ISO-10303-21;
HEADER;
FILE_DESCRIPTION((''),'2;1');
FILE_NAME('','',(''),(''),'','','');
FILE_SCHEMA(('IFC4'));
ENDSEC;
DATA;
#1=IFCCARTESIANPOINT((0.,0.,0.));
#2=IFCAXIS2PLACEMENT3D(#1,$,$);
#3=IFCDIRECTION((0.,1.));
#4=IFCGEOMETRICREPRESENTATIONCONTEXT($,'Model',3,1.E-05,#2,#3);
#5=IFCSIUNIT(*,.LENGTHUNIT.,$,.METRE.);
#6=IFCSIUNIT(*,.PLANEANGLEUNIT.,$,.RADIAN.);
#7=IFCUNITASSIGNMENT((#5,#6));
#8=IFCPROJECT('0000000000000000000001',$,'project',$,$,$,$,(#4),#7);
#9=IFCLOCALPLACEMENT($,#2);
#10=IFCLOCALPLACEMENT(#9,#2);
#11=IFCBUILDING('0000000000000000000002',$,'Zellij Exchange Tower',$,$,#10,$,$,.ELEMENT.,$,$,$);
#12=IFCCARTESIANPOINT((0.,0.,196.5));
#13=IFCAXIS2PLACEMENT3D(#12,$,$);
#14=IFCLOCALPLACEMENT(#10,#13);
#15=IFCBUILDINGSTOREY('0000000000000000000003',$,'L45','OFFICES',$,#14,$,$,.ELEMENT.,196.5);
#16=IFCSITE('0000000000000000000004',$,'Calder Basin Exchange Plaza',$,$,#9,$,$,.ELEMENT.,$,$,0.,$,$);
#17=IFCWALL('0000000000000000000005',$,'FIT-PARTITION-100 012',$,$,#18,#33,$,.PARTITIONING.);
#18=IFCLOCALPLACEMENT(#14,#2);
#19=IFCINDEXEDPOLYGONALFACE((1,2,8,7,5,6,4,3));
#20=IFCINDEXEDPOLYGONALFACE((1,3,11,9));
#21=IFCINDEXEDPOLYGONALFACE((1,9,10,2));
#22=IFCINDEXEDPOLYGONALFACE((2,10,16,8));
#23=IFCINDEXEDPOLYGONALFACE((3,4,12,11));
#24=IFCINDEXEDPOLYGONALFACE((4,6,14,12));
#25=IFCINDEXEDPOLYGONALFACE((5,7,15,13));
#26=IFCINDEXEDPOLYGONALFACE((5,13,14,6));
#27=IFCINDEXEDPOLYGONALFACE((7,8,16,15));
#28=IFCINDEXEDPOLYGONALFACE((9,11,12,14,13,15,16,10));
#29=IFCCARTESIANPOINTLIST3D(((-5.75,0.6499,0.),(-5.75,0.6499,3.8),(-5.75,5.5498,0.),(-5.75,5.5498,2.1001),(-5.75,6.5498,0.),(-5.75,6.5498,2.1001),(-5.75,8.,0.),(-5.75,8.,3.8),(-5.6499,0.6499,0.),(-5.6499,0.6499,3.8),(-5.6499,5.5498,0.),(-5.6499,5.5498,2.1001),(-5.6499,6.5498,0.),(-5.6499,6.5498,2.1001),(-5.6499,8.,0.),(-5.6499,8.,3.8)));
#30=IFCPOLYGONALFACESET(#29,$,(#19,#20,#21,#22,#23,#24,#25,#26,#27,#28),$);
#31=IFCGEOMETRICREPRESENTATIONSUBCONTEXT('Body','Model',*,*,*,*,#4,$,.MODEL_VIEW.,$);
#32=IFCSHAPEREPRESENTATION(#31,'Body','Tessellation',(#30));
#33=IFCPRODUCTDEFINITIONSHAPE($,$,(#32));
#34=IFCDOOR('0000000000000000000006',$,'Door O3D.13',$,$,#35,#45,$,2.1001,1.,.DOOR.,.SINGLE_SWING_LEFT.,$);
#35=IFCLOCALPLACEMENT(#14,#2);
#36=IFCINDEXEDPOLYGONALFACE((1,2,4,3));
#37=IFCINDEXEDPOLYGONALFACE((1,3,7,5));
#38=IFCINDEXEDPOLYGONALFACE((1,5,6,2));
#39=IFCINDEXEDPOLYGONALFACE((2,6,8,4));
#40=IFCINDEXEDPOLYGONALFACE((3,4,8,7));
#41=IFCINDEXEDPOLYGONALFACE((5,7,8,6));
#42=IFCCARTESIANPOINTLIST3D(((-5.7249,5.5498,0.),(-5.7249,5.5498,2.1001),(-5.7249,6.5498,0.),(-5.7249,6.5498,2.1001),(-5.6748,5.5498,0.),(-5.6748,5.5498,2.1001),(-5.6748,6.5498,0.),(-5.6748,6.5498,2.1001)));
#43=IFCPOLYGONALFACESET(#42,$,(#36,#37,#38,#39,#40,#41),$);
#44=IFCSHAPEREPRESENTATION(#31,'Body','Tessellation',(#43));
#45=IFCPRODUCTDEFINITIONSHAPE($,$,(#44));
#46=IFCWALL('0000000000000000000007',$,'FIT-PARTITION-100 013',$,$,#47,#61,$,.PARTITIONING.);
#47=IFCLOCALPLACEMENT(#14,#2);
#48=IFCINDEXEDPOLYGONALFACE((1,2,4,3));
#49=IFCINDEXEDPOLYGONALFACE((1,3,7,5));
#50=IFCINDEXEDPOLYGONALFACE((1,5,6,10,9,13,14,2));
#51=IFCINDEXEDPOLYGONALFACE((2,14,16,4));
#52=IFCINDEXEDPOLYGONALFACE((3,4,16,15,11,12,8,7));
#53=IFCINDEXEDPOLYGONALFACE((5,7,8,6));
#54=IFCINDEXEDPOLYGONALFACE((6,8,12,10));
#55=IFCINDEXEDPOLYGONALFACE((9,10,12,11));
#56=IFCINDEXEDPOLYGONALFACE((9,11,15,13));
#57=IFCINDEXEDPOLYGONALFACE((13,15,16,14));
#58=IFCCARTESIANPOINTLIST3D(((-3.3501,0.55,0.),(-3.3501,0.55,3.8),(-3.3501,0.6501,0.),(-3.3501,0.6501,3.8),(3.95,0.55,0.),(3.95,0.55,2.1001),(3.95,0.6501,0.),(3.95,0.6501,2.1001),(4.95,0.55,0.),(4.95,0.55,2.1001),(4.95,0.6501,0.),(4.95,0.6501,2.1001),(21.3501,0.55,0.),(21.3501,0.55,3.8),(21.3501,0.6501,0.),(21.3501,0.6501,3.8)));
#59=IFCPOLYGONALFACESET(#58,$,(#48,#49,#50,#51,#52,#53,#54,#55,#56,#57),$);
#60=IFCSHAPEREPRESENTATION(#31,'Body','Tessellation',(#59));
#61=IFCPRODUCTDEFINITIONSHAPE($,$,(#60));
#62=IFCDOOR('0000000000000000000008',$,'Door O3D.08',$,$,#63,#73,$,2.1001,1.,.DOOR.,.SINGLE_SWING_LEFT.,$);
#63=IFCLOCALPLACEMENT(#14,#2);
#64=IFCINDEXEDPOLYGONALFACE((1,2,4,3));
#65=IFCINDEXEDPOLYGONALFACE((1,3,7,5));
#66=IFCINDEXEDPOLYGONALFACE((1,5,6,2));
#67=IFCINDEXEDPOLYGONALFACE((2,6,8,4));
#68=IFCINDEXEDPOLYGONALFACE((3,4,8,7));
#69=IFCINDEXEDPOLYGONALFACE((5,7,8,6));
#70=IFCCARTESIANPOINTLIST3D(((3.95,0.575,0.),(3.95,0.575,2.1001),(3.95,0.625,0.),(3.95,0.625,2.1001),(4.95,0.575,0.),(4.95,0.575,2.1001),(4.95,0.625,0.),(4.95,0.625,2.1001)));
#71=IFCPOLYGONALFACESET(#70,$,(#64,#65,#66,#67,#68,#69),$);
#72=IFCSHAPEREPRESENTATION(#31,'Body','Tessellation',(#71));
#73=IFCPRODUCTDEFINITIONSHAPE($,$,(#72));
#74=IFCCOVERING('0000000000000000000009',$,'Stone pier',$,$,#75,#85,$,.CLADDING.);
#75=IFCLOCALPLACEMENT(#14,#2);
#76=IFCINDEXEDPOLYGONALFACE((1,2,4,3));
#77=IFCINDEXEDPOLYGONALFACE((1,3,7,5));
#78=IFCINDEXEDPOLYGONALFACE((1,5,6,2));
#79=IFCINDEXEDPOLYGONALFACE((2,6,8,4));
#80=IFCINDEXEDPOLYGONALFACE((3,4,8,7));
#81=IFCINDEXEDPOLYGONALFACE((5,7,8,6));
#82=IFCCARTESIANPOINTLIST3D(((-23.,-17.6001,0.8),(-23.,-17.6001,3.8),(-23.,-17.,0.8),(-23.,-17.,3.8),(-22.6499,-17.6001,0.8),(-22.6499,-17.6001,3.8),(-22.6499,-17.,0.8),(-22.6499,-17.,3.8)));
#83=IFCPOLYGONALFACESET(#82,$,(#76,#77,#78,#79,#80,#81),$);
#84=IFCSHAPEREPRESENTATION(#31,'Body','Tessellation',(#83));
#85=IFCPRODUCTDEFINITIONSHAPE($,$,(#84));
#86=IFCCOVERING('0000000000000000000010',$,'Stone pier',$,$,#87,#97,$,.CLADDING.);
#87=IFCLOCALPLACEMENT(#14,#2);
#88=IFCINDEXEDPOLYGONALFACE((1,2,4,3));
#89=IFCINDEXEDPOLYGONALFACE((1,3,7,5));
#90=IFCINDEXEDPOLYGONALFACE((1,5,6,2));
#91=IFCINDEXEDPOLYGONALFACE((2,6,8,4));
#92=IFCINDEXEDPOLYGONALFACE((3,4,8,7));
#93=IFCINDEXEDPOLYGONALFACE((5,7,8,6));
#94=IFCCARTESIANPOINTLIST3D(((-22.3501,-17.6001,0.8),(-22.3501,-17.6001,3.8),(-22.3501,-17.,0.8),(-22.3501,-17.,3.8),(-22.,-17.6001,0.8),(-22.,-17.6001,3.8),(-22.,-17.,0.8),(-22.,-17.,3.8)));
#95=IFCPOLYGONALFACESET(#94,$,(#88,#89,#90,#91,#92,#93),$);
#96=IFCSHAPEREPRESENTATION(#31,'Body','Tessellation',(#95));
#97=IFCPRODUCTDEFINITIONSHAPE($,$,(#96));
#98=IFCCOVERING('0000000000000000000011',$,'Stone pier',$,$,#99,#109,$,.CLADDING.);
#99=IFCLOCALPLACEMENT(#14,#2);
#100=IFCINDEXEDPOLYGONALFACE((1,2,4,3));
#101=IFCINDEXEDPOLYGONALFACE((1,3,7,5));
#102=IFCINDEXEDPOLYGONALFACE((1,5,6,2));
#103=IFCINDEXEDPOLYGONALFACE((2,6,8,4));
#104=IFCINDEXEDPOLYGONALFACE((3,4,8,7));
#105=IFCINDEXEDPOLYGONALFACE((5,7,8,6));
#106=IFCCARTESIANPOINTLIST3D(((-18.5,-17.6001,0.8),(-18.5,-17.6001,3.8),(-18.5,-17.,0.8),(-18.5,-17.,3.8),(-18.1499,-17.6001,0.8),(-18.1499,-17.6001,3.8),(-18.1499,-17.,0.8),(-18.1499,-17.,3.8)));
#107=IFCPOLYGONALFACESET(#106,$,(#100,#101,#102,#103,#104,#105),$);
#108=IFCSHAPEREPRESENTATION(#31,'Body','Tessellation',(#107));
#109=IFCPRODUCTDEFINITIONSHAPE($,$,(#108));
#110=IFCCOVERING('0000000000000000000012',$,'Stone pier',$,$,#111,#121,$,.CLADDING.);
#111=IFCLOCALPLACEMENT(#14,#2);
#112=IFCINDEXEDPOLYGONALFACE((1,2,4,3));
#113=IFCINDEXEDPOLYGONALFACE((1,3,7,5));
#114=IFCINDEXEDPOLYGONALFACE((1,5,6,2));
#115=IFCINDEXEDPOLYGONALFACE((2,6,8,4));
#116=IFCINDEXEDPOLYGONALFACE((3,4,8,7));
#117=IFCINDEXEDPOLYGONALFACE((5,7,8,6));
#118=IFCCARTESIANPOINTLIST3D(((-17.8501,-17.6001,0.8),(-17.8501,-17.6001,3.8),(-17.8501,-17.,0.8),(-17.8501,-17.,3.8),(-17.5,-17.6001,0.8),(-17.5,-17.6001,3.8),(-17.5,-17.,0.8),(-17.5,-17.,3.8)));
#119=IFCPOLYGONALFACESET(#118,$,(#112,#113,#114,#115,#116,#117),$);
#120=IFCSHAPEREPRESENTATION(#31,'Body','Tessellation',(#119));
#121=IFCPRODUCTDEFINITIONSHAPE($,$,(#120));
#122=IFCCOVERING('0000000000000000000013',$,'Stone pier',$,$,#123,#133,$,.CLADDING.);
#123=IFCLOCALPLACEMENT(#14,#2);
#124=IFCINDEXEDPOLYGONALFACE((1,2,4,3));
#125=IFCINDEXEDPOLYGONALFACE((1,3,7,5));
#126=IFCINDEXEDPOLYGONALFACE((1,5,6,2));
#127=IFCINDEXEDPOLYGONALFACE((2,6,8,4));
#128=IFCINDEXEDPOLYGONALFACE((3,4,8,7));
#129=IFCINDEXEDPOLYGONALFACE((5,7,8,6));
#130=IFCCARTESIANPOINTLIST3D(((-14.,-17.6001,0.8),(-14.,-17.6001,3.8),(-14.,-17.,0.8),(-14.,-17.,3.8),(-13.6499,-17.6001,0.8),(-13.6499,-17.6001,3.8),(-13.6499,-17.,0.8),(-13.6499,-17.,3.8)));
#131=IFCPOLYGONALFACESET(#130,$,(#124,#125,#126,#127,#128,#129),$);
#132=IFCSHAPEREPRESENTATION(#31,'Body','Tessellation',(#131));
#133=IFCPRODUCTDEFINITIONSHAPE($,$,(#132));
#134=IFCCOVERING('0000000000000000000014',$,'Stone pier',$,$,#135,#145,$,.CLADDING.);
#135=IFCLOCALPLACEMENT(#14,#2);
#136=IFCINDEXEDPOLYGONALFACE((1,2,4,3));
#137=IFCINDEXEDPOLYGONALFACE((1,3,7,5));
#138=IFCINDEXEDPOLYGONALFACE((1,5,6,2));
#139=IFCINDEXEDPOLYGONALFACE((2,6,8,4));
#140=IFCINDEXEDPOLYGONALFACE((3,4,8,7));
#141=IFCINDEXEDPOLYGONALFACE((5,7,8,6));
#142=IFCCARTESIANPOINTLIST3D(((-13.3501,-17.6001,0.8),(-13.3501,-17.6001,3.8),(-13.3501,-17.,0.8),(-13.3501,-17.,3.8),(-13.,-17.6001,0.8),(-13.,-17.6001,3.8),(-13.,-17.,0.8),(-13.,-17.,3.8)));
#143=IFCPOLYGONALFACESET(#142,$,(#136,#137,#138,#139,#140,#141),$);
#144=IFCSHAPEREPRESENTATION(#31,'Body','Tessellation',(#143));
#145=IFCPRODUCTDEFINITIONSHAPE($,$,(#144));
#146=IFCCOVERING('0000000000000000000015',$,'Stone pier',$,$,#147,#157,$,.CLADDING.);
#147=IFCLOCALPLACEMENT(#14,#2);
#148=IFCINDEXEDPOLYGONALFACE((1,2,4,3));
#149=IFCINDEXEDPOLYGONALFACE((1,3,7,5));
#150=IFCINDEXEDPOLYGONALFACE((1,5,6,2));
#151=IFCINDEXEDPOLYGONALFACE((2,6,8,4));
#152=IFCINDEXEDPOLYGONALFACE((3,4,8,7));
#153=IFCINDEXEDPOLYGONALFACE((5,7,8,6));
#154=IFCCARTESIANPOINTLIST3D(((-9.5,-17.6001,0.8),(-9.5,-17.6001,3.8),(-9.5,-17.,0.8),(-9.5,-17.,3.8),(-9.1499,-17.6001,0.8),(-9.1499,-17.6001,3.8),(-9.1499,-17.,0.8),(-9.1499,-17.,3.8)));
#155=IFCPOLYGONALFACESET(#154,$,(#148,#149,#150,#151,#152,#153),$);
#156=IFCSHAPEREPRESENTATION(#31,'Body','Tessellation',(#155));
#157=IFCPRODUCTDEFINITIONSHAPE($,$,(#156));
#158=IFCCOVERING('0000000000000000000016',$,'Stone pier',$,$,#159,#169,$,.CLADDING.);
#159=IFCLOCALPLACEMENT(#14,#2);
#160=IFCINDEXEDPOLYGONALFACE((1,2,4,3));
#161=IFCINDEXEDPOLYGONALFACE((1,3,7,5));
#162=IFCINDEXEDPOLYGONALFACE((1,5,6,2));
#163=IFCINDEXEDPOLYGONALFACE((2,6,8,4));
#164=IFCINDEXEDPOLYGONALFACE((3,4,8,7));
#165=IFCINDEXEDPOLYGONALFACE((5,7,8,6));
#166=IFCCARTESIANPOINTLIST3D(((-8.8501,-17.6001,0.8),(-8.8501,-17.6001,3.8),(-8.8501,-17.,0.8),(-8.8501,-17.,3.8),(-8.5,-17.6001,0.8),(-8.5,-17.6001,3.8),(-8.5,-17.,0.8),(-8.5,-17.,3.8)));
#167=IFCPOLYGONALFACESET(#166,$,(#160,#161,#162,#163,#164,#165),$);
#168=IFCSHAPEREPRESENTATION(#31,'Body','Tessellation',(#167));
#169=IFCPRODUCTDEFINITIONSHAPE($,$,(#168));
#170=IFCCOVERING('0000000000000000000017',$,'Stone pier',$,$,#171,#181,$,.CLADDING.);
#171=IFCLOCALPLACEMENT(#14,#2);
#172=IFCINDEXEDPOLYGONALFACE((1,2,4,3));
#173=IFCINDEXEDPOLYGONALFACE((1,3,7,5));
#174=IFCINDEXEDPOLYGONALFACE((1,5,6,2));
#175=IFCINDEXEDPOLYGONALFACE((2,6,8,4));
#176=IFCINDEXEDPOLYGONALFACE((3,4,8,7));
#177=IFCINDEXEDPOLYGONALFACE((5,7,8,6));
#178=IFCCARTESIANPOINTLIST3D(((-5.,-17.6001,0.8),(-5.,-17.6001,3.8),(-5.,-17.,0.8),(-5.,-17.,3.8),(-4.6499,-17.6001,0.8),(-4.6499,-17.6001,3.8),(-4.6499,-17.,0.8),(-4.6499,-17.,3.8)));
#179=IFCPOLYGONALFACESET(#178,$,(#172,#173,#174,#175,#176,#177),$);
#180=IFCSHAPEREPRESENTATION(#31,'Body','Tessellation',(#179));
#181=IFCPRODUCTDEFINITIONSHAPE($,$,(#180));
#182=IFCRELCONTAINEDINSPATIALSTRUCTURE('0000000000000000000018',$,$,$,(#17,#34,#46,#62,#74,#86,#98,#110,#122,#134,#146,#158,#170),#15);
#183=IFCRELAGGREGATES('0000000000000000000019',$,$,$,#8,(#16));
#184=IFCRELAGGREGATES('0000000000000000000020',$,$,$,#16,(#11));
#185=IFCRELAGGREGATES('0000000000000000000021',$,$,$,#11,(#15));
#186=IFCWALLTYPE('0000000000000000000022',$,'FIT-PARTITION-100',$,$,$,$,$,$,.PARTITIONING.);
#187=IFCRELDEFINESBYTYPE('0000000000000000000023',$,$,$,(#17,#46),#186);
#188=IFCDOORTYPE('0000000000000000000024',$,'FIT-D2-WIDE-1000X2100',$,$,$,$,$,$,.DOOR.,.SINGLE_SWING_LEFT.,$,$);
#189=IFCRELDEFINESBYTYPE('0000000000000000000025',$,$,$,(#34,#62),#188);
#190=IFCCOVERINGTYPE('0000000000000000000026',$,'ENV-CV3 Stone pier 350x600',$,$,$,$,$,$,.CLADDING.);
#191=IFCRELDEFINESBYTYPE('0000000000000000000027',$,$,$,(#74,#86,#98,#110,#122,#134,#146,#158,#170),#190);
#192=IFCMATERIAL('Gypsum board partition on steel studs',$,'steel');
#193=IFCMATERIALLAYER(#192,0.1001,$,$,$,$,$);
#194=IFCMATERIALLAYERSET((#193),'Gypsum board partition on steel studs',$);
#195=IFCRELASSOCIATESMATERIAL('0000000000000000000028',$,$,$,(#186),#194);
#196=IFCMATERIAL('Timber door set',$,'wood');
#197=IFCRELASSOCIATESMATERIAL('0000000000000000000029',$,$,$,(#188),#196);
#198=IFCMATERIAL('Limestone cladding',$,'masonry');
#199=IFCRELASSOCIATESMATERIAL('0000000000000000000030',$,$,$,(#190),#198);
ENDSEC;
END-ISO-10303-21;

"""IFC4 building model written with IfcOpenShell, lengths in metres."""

from ifc_helpers import new_model, si_unit, direction, frame, frame_2d, origin, place, context, subcontext, project, spatial, polyline, rectangle, outline, extrude, material, layer, layer_set, type_object, element, fill, save


model = new_model("IFC4")

# Units and contexts
model_context = context("Model", 3, precision=1e-05, world=origin(), true_north=direction((0.0, 1.0)))
body_context = subcontext(model_context, "Body", "Model", "MODEL_VIEW")
ifc_project = project(units=[si_unit("LENGTHUNIT", "METRE"), si_unit("PLANEANGLEUNIT", "RADIAN")], contexts=[model_context])

# Site, building, storey
site_placement = place(None, origin())
site = spatial("IfcSite", under=ifc_project, at=site_placement, Name="Calder Basin Exchange Plaza", CompositionType="ELEMENT", RefElevation=0.0)
building_placement = place(site_placement, origin())
building = spatial("IfcBuilding", under=site, at=building_placement, Name="Zellij Exchange Tower", CompositionType="ELEMENT")
storey_placement = place(building_placement, frame((0.0, 0.0, 196.5)))
storey = spatial("IfcBuildingStorey", under=building, at=storey_placement, Name="L45", Description="OFFICES", CompositionType="ELEMENT", Elevation=196.5)

# Walls, openings, doors
ifc_material_1 = material(Name="Gypsum board partition on steel studs", Category="steel")
ifc_layer_1 = layer(ifc_material_1, 0.1001)
ifc_layer_set_1 = layer_set([ifc_layer_1], Name="Gypsum board partition on steel studs")
wall_type_1 = type_object("IfcWallType", Name="FIT-PARTITION-100", PredefinedType="PARTITIONING", material=ifc_layer_set_1)
wall_1_placement = place(storey_placement, frame((-5.7, 0.6499, 0.0), z_axis=(0.0, 0.0, 1.0), x_axis=(0.0, 1.0, 0.0)))
wall_1 = element("IfcWall", 1, at=wall_1_placement, inside=storey, type_object=wall_type_1, Name="FIT-PARTITION-100 012", PredefinedType="PARTITIONING", context=body_context, shape_type="SweptSolid", body=[
    extrude(rectangle(XDim=7.3501, YDim=0.1001, at=frame_2d((3.675, 0.0))), origin(), (0.0, 0.0, 1.0), 3.8),
])
opening_1_placement = place(wall_1_placement, frame((4.8999, 0.0, 0.0)))
opening_1 = element("IfcOpeningElement", 2, at=opening_1_placement, cuts=wall_1, PredefinedType="OPENING", context=body_context, shape_type="SweptSolid", body=[
    extrude(rectangle(XDim=1.0, YDim=2.1001, at=frame_2d((0.5, 1.05))), frame((0.0, 0.062, 0.0), z_axis=(0.0, -1.0, 0.0), x_axis=(1.0, 0.0, 0.0)), (0.0, 0.0, 1.0), 0.124),
])
ifc_material_2 = material(Name="Timber door set", Category="wood")
door_type = type_object("IfcDoorType", Name="FIT-D2-WIDE-1000X2100", OperationType="SINGLE_SWING_LEFT", PredefinedType="DOOR", material=ifc_material_2)
door_1_placement = place(opening_1_placement, origin())
door_1 = element("IfcDoor", 3, at=door_1_placement, inside=storey, type_object=door_type, Name="Door O3D.13", OperationType="SINGLE_SWING_LEFT", OverallHeight=2.1001, OverallWidth=1.0, PredefinedType="DOOR", context=body_context, shape_type="SweptSolid", body=[
    extrude(rectangle(XDim=1.0, YDim=2.1001, at=frame_2d((0.5, 1.05))), frame((0.0, 0.0249, 0.0), z_axis=(0.0, -1.0, 0.0), x_axis=(1.0, 0.0, 0.0)), (0.0, 0.0, 1.0), 0.05),
])
fill(opening_1, door_1)
wall_2_placement = place(storey_placement, frame((-3.3501, 0.6001, 0.0), z_axis=(0.0, 0.0, 1.0), x_axis=(1.0, 0.0, 0.0)))
wall_2 = element("IfcWall", 4, at=wall_2_placement, inside=storey, type_object=wall_type_1, Name="FIT-PARTITION-100 013", PredefinedType="PARTITIONING", context=body_context, shape_type="SweptSolid", body=[
    extrude(rectangle(XDim=24.7002, YDim=0.1001, at=frame_2d((12.3501, 0.0))), origin(), (0.0, 0.0, 1.0), 3.8),
])
opening_2_placement = place(wall_2_placement, frame((7.3, 0.0, 0.0)))
opening_2 = element("IfcOpeningElement", 5, at=opening_2_placement, cuts=wall_2, PredefinedType="OPENING", context=body_context, shape_type="SweptSolid", body=[
    extrude(rectangle(XDim=1.0, YDim=2.1001, at=frame_2d((0.5, 1.05))), frame((0.0, 0.062, 0.0), z_axis=(0.0, -1.0, 0.0), x_axis=(1.0, 0.0, 0.0)), (0.0, 0.0, 1.0), 0.124),
])
door_2_placement = place(opening_2_placement, origin())
door_2 = element("IfcDoor", 6, at=door_2_placement, inside=storey, type_object=door_type, Name="Door O3D.08", OperationType="SINGLE_SWING_LEFT", OverallHeight=2.1001, OverallWidth=1.0, PredefinedType="DOOR", context=body_context, shape_type="SweptSolid", body=[
    extrude(rectangle(XDim=1.0, YDim=2.1001, at=frame_2d((0.5, 1.05))), frame((0.0, 0.0249, 0.0), z_axis=(0.0, -1.0, 0.0), x_axis=(1.0, 0.0, 0.0)), (0.0, 0.0, 1.0), 0.05),
])
fill(opening_2, door_2)

# Coverings
ifc_material_3 = material(Name="Limestone cladding", Category="masonry")
covering_type = type_object("IfcCoveringType", Name="ENV-CV3 Stone pier 350x600", PredefinedType="CLADDING", material=ifc_material_3)
covering_1_placement = place(storey_placement, frame((0.0, 0.0, 0.8)))
element("IfcCovering", 7, at=covering_1_placement, inside=storey, type_object=covering_type, Name="Stone pier", PredefinedType="CLADDING", context=body_context, shape_type="SweptSolid", body=[
    extrude(outline(polyline([(-23.0, -17.0), (-22.6499, -17.0), (-22.6499, -17.6001), (-23.0, -17.6001), (-23.0, -17.0)])), origin(), (0.0, 0.0, 1.0), 3.0),
])
covering_2_placement = place(storey_placement, frame((0.0, 0.0, 0.8)))
element("IfcCovering", 8, at=covering_2_placement, inside=storey, type_object=covering_type, Name="Stone pier", PredefinedType="CLADDING", context=body_context, shape_type="SweptSolid", body=[
    extrude(outline(polyline([(-22.3501, -17.0), (-22.0, -17.0), (-22.0, -17.6001), (-22.3501, -17.6001), (-22.3501, -17.0)])), origin(), (0.0, 0.0, 1.0), 3.0),
])
covering_3_placement = place(storey_placement, frame((0.0, 0.0, 0.8)))
element("IfcCovering", 9, at=covering_3_placement, inside=storey, type_object=covering_type, Name="Stone pier", PredefinedType="CLADDING", context=body_context, shape_type="SweptSolid", body=[
    extrude(outline(polyline([(-18.5, -17.0), (-18.1499, -17.0), (-18.1499, -17.6001), (-18.5, -17.6001), (-18.5, -17.0)])), origin(), (0.0, 0.0, 1.0), 3.0),
])
covering_4_placement = place(storey_placement, frame((0.0, 0.0, 0.8)))
element("IfcCovering", 10, at=covering_4_placement, inside=storey, type_object=covering_type, Name="Stone pier", PredefinedType="CLADDING", context=body_context, shape_type="SweptSolid", body=[
    extrude(outline(polyline([(-17.8501, -17.0), (-17.5, -17.0), (-17.5, -17.6001), (-17.8501, -17.6001), (-17.8501, -17.0)])), origin(), (0.0, 0.0, 1.0), 3.0),
])
covering_5_placement = place(storey_placement, frame((0.0, 0.0, 0.8)))
element("IfcCovering", 11, at=covering_5_placement, inside=storey, type_object=covering_type, Name="Stone pier", PredefinedType="CLADDING", context=body_context, shape_type="SweptSolid", body=[
    extrude(outline(polyline([(-14.0, -17.0), (-13.6499, -17.0), (-13.6499, -17.6001), (-14.0, -17.6001), (-14.0, -17.0)])), origin(), (0.0, 0.0, 1.0), 3.0),
])
covering_6_placement = place(storey_placement, frame((0.0, 0.0, 0.8)))
element("IfcCovering", 12, at=covering_6_placement, inside=storey, type_object=covering_type, Name="Stone pier", PredefinedType="CLADDING", context=body_context, shape_type="SweptSolid", body=[
    extrude(outline(polyline([(-13.3501, -17.0), (-13.0, -17.0), (-13.0, -17.6001), (-13.3501, -17.6001), (-13.3501, -17.0)])), origin(), (0.0, 0.0, 1.0), 3.0),
])
covering_7_placement = place(storey_placement, frame((0.0, 0.0, 0.8)))
element("IfcCovering", 13, at=covering_7_placement, inside=storey, type_object=covering_type, Name="Stone pier", PredefinedType="CLADDING", context=body_context, shape_type="SweptSolid", body=[
    extrude(outline(polyline([(-9.5, -17.0), (-9.1499, -17.0), (-9.1499, -17.6001), (-9.5, -17.6001), (-9.5, -17.0)])), origin(), (0.0, 0.0, 1.0), 3.0),
])
covering_8_placement = place(storey_placement, frame((0.0, 0.0, 0.8)))
element("IfcCovering", 14, at=covering_8_placement, inside=storey, type_object=covering_type, Name="Stone pier", PredefinedType="CLADDING", context=body_context, shape_type="SweptSolid", body=[
    extrude(outline(polyline([(-8.8501, -17.0), (-8.5, -17.0), (-8.5, -17.6001), (-8.8501, -17.6001), (-8.8501, -17.0)])), origin(), (0.0, 0.0, 1.0), 3.0),
])
covering_9_placement = place(storey_placement, frame((0.0, 0.0, 0.8)))
element("IfcCovering", 15, at=covering_9_placement, inside=storey, type_object=covering_type, Name="Stone pier", PredefinedType="CLADDING", context=body_context, shape_type="SweptSolid", body=[
    extrude(outline(polyline([(-5.0, -17.0), (-4.6499, -17.0), (-4.6499, -17.6001), (-5.0, -17.6001), (-5.0, -17.0)])), origin(), (0.0, 0.0, 1.0), 3.0),
])

save(model, "model.ifc")
